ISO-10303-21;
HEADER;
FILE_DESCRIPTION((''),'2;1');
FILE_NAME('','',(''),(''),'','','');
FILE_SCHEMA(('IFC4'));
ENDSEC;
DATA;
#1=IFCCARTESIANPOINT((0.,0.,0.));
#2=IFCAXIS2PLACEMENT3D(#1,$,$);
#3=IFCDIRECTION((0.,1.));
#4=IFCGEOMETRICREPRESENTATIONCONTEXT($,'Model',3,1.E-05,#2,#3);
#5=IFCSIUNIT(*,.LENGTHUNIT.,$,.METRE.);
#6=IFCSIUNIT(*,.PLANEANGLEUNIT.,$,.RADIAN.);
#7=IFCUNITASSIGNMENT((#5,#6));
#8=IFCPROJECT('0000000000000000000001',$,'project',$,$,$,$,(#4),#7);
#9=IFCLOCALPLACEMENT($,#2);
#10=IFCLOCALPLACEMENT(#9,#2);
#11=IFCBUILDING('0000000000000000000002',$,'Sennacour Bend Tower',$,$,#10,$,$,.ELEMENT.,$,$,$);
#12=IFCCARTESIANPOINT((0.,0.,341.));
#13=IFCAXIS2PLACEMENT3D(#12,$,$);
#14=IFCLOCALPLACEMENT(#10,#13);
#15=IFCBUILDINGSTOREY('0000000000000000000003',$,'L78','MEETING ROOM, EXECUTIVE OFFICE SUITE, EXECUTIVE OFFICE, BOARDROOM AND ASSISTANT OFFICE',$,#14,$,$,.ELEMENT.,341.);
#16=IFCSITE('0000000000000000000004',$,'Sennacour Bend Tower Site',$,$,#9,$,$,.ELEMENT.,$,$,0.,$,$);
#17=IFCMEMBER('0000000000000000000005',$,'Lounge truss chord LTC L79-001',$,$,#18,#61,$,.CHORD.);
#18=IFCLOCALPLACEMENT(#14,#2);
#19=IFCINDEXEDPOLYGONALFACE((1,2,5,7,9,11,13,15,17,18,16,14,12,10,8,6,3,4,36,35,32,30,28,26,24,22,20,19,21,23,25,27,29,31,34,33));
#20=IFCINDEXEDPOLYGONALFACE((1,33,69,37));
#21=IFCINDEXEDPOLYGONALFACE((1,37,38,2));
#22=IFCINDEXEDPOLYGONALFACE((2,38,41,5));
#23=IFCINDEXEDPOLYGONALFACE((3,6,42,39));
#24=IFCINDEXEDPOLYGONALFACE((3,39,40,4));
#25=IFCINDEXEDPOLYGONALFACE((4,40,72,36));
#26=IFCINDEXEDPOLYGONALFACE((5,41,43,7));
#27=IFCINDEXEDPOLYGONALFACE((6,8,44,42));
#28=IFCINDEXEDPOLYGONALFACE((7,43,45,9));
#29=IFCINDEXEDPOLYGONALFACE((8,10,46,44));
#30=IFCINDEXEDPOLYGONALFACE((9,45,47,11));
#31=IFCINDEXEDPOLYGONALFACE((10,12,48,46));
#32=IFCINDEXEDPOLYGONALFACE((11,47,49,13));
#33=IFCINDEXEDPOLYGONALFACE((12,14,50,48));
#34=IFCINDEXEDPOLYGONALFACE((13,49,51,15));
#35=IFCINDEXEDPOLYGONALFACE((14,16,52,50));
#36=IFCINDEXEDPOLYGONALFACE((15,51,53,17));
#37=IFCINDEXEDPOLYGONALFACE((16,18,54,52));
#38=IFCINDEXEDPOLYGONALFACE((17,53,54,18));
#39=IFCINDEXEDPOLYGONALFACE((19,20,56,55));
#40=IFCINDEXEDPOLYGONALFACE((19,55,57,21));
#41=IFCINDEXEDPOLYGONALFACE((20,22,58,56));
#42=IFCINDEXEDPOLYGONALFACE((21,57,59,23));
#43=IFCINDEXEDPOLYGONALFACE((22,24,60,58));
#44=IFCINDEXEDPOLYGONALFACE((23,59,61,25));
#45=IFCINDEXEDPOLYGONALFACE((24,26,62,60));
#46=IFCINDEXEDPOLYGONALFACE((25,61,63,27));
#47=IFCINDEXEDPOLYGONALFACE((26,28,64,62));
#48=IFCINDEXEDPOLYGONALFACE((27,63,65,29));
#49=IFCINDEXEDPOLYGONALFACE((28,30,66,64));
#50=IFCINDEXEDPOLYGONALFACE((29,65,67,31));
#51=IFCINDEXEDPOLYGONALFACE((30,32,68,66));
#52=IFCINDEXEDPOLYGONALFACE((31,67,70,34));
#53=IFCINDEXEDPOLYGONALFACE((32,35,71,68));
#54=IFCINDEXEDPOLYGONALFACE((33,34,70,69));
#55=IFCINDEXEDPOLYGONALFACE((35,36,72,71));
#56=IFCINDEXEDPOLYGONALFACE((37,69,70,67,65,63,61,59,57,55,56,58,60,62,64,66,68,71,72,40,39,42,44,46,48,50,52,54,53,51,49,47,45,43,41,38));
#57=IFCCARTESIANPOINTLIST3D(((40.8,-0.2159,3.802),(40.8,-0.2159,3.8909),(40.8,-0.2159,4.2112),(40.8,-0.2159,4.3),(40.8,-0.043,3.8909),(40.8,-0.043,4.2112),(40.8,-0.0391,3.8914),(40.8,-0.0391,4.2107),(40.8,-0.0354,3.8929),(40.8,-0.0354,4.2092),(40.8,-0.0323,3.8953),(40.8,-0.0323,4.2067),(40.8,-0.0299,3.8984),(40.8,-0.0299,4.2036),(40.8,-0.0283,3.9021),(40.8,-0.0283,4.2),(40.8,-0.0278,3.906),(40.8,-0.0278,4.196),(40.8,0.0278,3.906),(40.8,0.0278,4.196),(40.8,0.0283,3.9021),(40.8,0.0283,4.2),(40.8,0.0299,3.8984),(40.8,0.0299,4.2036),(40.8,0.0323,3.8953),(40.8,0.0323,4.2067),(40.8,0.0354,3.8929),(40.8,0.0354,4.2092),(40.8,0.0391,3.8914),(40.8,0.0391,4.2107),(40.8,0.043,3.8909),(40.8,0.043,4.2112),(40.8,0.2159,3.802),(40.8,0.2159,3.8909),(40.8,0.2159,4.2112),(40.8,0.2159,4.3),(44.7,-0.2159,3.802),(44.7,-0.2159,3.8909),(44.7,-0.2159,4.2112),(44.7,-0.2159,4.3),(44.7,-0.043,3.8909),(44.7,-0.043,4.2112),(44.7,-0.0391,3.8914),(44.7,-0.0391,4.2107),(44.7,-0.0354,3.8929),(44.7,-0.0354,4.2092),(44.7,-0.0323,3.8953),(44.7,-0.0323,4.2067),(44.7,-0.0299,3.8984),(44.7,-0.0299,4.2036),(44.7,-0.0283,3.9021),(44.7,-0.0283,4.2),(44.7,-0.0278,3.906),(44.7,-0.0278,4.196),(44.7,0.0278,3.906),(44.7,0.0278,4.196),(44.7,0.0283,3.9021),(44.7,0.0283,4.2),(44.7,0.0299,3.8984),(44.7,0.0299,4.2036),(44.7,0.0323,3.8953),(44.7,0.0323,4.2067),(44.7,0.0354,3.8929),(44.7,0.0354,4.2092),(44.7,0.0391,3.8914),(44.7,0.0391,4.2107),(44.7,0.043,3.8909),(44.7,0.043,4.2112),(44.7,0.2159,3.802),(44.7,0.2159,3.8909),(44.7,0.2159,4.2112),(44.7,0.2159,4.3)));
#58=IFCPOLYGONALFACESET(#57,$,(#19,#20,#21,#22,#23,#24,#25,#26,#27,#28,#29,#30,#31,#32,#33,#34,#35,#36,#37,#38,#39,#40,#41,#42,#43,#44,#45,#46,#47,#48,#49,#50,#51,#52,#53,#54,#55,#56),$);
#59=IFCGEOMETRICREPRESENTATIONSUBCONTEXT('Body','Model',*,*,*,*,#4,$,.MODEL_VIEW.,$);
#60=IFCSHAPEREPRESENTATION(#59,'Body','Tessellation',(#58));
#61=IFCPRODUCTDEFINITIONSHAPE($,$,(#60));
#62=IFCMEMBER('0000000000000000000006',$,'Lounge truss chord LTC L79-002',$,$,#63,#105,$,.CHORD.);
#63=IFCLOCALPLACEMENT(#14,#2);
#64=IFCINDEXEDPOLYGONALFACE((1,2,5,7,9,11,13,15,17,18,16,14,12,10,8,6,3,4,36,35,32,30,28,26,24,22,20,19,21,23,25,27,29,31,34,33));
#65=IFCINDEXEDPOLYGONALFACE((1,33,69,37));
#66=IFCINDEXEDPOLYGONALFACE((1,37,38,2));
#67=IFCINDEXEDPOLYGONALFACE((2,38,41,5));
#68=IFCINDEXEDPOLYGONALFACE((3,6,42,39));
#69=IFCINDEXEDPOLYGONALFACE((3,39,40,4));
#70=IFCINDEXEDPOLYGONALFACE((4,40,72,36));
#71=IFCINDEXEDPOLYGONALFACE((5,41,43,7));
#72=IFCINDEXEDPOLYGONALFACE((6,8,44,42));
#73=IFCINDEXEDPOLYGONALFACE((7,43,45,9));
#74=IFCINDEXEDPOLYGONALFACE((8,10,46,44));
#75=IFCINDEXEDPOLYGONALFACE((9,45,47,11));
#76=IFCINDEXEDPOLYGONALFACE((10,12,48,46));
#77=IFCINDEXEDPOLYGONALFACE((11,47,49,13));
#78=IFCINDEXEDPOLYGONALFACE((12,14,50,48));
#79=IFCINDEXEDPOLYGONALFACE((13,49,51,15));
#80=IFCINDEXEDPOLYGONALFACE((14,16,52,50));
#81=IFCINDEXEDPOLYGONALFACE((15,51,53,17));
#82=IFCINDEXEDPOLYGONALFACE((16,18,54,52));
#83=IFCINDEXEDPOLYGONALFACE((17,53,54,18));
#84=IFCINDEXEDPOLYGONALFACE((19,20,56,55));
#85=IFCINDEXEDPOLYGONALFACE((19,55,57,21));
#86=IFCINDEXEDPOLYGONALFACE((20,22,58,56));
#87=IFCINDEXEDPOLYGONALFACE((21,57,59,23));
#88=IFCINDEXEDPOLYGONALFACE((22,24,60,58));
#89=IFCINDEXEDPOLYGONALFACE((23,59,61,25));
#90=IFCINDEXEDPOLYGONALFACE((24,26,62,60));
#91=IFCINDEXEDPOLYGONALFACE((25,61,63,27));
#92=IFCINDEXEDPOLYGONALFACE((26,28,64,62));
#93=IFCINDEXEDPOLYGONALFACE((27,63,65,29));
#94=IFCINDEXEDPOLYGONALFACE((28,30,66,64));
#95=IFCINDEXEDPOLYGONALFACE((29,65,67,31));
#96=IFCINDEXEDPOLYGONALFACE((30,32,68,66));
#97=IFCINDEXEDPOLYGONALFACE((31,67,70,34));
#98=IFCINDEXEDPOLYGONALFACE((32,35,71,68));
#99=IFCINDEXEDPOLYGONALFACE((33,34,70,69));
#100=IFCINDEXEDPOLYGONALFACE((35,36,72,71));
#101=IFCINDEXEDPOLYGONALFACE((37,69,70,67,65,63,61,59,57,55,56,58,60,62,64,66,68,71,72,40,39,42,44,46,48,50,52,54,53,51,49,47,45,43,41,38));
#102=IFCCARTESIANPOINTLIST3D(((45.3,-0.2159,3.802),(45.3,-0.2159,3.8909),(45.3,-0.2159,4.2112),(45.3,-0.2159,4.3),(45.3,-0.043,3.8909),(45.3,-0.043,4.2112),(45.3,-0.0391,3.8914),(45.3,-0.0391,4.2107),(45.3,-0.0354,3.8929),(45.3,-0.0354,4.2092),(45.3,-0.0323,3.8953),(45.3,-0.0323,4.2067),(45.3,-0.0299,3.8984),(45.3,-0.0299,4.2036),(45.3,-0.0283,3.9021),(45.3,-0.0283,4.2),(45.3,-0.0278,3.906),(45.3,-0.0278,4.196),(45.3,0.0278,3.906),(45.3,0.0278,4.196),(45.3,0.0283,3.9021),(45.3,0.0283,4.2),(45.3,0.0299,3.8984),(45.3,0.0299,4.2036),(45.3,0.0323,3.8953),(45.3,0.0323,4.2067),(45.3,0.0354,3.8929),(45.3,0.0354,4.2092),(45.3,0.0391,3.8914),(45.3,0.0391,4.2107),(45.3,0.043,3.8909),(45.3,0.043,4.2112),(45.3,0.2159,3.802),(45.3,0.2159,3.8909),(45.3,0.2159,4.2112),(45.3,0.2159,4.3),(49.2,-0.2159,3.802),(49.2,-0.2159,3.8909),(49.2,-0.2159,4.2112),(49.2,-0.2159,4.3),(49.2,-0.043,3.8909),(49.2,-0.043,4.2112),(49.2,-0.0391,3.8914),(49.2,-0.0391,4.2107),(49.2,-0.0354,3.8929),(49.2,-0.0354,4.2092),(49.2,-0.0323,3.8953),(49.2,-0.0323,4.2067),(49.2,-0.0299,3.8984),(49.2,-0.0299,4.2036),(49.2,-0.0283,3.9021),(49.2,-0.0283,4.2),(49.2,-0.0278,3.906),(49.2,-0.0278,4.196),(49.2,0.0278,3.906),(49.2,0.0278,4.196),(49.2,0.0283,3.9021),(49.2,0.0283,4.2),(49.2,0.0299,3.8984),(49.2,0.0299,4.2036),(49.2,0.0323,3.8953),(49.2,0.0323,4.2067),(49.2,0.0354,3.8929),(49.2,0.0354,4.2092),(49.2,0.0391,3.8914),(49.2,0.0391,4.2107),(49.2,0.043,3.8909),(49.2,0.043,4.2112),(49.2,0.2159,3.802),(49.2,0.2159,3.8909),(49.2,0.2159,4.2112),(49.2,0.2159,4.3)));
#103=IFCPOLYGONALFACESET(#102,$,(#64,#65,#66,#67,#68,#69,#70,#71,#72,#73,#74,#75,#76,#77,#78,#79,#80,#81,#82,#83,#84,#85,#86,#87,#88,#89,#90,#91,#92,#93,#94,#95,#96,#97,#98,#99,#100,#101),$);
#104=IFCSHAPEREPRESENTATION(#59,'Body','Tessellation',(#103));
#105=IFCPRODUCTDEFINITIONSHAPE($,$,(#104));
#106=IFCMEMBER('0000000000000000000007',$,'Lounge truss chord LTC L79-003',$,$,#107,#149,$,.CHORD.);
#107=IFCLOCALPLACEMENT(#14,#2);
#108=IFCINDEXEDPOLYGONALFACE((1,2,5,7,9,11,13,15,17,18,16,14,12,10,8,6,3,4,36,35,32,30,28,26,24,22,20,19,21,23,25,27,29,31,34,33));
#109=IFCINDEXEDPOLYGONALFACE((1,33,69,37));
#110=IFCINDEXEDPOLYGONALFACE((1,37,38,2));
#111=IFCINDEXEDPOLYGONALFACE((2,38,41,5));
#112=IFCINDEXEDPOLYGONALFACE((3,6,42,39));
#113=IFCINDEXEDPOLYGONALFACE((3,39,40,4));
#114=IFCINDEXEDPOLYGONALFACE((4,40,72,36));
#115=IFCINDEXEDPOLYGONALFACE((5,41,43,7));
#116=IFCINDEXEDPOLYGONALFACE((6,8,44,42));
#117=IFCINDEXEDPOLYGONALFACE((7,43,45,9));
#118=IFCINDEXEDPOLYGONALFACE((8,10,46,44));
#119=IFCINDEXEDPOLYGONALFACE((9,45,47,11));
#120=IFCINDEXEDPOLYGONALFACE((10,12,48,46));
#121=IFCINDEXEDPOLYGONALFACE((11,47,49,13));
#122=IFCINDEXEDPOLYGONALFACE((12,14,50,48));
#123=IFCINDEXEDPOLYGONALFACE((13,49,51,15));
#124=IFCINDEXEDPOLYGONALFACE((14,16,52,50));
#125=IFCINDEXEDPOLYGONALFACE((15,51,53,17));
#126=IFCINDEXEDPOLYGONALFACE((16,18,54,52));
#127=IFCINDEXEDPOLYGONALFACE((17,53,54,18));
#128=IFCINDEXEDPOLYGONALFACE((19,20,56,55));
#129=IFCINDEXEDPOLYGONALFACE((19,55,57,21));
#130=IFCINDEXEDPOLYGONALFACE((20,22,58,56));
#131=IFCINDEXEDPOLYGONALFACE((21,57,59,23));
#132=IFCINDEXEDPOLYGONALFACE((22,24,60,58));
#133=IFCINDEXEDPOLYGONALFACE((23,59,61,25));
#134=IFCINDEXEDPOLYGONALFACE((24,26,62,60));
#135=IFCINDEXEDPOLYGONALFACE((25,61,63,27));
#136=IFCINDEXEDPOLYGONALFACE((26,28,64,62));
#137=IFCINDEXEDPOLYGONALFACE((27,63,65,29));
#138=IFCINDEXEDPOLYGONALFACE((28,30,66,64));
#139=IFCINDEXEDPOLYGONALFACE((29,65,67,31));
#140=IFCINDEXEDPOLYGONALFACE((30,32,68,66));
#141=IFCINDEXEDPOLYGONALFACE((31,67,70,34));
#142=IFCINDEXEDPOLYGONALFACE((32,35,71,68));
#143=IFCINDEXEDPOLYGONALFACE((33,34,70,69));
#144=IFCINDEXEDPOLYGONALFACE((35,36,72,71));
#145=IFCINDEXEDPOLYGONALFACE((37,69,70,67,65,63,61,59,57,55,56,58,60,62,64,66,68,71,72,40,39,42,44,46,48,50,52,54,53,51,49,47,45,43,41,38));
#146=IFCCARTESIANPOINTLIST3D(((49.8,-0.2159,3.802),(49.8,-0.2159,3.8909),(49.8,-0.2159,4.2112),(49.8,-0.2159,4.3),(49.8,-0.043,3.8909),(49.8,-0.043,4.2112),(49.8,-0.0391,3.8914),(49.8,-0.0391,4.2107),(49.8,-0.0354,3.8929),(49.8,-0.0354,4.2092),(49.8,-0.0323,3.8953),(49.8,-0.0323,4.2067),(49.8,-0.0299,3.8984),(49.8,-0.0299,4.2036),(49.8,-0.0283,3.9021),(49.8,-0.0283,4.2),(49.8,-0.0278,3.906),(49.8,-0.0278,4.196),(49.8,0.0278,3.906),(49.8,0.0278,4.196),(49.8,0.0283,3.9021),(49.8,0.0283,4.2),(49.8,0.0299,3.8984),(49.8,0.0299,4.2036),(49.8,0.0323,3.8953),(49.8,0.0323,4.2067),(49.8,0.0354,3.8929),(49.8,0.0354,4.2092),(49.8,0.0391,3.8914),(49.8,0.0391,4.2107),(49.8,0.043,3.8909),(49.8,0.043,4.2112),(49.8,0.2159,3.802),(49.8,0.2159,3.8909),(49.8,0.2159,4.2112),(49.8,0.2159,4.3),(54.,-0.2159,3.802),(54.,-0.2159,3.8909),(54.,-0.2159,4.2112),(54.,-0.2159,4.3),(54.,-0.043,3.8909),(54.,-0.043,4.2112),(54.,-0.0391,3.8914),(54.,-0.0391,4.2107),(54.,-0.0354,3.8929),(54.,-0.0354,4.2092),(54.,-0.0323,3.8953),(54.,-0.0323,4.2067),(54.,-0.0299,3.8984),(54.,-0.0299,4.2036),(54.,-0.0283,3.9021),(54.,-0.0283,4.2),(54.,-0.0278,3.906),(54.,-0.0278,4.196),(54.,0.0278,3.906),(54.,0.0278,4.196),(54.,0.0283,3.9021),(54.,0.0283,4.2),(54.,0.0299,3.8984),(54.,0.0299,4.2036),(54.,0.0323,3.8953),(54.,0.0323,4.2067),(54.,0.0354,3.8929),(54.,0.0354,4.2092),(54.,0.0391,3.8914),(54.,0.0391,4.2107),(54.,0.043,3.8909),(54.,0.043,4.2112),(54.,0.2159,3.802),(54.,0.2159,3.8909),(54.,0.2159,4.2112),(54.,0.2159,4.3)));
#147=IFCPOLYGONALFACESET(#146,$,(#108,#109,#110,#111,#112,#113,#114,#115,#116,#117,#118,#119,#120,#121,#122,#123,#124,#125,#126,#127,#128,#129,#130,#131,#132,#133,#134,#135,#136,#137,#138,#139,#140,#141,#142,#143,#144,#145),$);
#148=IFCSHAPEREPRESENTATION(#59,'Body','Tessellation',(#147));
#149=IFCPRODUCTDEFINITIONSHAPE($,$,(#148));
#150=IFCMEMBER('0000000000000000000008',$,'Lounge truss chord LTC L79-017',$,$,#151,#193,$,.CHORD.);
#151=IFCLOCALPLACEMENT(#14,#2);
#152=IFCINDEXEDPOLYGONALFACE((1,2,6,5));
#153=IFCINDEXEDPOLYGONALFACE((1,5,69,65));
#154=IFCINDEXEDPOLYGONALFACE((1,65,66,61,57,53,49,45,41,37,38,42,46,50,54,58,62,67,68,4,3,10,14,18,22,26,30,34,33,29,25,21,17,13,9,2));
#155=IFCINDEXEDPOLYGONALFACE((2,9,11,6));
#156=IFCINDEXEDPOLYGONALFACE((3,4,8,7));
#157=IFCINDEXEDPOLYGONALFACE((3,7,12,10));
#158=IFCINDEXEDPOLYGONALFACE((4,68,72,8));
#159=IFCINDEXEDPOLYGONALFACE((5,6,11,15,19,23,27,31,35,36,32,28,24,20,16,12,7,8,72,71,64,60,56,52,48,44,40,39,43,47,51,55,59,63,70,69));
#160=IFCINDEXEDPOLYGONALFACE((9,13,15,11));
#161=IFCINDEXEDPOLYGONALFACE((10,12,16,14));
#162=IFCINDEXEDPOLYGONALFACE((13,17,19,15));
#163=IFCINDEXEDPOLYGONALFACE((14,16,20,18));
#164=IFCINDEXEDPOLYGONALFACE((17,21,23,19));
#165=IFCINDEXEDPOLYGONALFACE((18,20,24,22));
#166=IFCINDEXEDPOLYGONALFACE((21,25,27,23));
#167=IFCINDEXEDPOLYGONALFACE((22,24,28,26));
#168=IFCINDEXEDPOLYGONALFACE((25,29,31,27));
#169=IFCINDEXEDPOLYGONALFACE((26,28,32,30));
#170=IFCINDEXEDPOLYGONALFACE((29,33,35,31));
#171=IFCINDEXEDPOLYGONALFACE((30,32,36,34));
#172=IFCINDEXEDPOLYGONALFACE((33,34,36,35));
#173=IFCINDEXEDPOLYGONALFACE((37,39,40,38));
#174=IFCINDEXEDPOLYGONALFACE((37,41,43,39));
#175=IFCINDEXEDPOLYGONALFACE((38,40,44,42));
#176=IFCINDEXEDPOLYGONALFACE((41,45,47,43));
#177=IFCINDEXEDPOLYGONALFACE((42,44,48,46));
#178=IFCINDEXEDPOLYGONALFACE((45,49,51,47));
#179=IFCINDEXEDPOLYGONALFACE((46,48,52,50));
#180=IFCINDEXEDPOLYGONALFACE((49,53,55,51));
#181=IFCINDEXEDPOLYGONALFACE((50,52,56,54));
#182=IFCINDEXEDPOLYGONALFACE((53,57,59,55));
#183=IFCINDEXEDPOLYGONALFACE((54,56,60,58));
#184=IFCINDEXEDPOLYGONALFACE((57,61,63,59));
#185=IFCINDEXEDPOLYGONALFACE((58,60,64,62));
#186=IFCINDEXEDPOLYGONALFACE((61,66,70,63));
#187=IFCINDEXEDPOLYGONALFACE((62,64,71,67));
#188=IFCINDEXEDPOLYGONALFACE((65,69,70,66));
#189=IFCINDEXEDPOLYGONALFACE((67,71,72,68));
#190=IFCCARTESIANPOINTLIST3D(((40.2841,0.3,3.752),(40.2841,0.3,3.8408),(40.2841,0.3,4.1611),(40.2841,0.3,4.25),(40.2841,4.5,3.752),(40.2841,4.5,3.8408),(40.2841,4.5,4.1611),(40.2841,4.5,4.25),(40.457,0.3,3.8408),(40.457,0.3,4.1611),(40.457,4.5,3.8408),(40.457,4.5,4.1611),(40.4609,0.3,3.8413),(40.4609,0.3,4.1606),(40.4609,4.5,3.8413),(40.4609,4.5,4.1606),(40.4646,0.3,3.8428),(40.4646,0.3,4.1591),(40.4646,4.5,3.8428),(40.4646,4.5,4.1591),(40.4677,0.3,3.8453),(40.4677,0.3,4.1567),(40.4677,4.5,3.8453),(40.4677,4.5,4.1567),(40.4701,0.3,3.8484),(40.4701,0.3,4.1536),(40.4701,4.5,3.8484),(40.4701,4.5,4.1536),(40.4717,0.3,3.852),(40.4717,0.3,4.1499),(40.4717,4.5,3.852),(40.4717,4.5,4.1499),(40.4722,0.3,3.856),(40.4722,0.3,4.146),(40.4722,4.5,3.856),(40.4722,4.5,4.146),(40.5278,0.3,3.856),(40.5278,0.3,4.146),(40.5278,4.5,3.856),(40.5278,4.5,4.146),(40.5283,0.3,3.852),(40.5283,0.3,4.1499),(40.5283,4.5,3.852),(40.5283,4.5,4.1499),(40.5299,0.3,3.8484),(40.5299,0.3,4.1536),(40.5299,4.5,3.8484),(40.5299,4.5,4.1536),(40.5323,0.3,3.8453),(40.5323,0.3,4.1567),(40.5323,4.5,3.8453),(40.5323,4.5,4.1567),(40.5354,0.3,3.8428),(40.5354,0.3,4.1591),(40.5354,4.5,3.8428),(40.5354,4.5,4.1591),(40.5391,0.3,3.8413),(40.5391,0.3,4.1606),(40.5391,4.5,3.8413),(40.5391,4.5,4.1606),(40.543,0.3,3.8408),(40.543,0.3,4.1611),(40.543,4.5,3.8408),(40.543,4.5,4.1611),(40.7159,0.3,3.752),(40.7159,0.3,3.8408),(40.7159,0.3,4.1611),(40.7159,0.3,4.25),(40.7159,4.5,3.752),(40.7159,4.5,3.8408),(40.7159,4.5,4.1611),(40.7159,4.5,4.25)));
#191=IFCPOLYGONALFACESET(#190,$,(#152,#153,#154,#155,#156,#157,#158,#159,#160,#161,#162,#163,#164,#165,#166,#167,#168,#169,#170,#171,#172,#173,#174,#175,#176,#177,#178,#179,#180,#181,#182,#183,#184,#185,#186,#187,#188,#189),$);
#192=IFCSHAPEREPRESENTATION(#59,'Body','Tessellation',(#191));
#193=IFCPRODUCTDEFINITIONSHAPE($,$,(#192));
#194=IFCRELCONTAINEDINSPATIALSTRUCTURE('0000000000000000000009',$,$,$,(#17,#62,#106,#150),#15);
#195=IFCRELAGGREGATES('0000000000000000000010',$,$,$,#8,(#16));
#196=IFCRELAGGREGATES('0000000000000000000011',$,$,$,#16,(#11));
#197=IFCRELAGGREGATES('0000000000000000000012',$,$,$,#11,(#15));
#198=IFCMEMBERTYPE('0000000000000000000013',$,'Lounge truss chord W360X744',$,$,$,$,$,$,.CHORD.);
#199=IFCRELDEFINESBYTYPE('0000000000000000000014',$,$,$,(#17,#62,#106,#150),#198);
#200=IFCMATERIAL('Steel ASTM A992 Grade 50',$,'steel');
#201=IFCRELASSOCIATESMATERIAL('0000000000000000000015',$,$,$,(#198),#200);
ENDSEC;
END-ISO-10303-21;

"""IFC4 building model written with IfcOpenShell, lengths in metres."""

from ifc_helpers import new_model, si_unit, direction, frame, origin, origin_2d, place, context, subcontext, project, spatial, i_section, extrude, material, material_profile, profile_set, type_object, element, save


model = new_model("IFC4")

# Units and contexts
model_context = context("Model", 3, precision=1e-05, world=origin(), true_north=direction((0.0, 1.0)))
body_context = subcontext(model_context, "Body", "Model", "MODEL_VIEW")
ifc_project = project(units=[si_unit("LENGTHUNIT", "METRE"), si_unit("PLANEANGLEUNIT", "RADIAN")], contexts=[model_context])

# Site, building, storey
site_placement = place(None, origin())
site = spatial("IfcSite", under=ifc_project, at=site_placement, Name="Sennacour Bend Tower Site", CompositionType="ELEMENT", RefElevation=0.0)
building_placement = place(site_placement, origin())
building = spatial("IfcBuilding", under=site, at=building_placement, Name="Sennacour Bend Tower", CompositionType="ELEMENT")
storey_placement = place(building_placement, frame((0.0, 0.0, 341.0)))
storey = spatial("IfcBuildingStorey", under=building, at=storey_placement, Name="L78", Description="MEETING ROOM, EXECUTIVE OFFICE SUITE, EXECUTIVE OFFICE, BOARDROOM AND ASSISTANT OFFICE", CompositionType="ELEMENT", Elevation=341.0)

# Shared definitions
ifc_material_1 = material(Name="Steel ASTM A992 Grade 50", Category="steel")

# Members
ifc_material_profile_1 = material_profile(ifc_material_1, i_section(OverallWidth=0.4319, OverallDepth=0.498, WebThickness=0.0557, FlangeThickness=0.0889, FilletRadius=0.0151, at=origin_2d()), Name="Steel ASTM A992 Grade 50", Category="steel")
ifc_profile_set_1 = profile_set([ifc_material_profile_1], Name="Steel ASTM A992 Grade 50")
member_type_1 = type_object("IfcMemberType", Name="Lounge truss chord W360X744", PredefinedType="CHORD", material=ifc_profile_set_1)
for number, where, z_axis, x_axis, name in (
    (1, (40.8, 0.0, 4.051), (1.0, 0.0, 0.0), (0.0, 1.0, 0.0), "Lounge truss chord LTC L79-001"),
    (2, (45.3, 0.0, 4.051), (1.0, 0.0, 0.0), (0.0, 1.0, 0.0), "Lounge truss chord LTC L79-002"),
):
    element("IfcMember", number, at=place(storey_placement, frame(where, z_axis=z_axis, x_axis=x_axis)), inside=storey, type_object=member_type_1, Name=name, PredefinedType="CHORD", context=body_context, shape_type="SweptSolid", body=[
        extrude(i_section(OverallWidth=0.4319, OverallDepth=0.498, WebThickness=0.0557, FlangeThickness=0.0889, FilletRadius=0.0151, at=origin_2d()), origin(), (0.0, 0.0, 1.0), 3.8999),
    ])
for number, where, z_axis, x_axis, name in (
    (3, (49.8, 0.0, 4.051), (1.0, 0.0, 0.0), (0.0, 1.0, 0.0), "Lounge truss chord LTC L79-003"),
    (4, (40.5, 0.3, 4.001), (0.0, 1.0, 0.0), (-1.0, 0.0, 0.0), "Lounge truss chord LTC L79-017"),
):
    element("IfcMember", number, at=place(storey_placement, frame(where, z_axis=z_axis, x_axis=x_axis)), inside=storey, type_object=member_type_1, Name=name, PredefinedType="CHORD", context=body_context, shape_type="SweptSolid", body=[
        extrude(i_section(OverallWidth=0.4319, OverallDepth=0.498, WebThickness=0.0557, FlangeThickness=0.0889, FilletRadius=0.0151, at=origin_2d()), origin(), (0.0, 0.0, 1.0), 4.2),
    ])

save(model, "model.ifc")
